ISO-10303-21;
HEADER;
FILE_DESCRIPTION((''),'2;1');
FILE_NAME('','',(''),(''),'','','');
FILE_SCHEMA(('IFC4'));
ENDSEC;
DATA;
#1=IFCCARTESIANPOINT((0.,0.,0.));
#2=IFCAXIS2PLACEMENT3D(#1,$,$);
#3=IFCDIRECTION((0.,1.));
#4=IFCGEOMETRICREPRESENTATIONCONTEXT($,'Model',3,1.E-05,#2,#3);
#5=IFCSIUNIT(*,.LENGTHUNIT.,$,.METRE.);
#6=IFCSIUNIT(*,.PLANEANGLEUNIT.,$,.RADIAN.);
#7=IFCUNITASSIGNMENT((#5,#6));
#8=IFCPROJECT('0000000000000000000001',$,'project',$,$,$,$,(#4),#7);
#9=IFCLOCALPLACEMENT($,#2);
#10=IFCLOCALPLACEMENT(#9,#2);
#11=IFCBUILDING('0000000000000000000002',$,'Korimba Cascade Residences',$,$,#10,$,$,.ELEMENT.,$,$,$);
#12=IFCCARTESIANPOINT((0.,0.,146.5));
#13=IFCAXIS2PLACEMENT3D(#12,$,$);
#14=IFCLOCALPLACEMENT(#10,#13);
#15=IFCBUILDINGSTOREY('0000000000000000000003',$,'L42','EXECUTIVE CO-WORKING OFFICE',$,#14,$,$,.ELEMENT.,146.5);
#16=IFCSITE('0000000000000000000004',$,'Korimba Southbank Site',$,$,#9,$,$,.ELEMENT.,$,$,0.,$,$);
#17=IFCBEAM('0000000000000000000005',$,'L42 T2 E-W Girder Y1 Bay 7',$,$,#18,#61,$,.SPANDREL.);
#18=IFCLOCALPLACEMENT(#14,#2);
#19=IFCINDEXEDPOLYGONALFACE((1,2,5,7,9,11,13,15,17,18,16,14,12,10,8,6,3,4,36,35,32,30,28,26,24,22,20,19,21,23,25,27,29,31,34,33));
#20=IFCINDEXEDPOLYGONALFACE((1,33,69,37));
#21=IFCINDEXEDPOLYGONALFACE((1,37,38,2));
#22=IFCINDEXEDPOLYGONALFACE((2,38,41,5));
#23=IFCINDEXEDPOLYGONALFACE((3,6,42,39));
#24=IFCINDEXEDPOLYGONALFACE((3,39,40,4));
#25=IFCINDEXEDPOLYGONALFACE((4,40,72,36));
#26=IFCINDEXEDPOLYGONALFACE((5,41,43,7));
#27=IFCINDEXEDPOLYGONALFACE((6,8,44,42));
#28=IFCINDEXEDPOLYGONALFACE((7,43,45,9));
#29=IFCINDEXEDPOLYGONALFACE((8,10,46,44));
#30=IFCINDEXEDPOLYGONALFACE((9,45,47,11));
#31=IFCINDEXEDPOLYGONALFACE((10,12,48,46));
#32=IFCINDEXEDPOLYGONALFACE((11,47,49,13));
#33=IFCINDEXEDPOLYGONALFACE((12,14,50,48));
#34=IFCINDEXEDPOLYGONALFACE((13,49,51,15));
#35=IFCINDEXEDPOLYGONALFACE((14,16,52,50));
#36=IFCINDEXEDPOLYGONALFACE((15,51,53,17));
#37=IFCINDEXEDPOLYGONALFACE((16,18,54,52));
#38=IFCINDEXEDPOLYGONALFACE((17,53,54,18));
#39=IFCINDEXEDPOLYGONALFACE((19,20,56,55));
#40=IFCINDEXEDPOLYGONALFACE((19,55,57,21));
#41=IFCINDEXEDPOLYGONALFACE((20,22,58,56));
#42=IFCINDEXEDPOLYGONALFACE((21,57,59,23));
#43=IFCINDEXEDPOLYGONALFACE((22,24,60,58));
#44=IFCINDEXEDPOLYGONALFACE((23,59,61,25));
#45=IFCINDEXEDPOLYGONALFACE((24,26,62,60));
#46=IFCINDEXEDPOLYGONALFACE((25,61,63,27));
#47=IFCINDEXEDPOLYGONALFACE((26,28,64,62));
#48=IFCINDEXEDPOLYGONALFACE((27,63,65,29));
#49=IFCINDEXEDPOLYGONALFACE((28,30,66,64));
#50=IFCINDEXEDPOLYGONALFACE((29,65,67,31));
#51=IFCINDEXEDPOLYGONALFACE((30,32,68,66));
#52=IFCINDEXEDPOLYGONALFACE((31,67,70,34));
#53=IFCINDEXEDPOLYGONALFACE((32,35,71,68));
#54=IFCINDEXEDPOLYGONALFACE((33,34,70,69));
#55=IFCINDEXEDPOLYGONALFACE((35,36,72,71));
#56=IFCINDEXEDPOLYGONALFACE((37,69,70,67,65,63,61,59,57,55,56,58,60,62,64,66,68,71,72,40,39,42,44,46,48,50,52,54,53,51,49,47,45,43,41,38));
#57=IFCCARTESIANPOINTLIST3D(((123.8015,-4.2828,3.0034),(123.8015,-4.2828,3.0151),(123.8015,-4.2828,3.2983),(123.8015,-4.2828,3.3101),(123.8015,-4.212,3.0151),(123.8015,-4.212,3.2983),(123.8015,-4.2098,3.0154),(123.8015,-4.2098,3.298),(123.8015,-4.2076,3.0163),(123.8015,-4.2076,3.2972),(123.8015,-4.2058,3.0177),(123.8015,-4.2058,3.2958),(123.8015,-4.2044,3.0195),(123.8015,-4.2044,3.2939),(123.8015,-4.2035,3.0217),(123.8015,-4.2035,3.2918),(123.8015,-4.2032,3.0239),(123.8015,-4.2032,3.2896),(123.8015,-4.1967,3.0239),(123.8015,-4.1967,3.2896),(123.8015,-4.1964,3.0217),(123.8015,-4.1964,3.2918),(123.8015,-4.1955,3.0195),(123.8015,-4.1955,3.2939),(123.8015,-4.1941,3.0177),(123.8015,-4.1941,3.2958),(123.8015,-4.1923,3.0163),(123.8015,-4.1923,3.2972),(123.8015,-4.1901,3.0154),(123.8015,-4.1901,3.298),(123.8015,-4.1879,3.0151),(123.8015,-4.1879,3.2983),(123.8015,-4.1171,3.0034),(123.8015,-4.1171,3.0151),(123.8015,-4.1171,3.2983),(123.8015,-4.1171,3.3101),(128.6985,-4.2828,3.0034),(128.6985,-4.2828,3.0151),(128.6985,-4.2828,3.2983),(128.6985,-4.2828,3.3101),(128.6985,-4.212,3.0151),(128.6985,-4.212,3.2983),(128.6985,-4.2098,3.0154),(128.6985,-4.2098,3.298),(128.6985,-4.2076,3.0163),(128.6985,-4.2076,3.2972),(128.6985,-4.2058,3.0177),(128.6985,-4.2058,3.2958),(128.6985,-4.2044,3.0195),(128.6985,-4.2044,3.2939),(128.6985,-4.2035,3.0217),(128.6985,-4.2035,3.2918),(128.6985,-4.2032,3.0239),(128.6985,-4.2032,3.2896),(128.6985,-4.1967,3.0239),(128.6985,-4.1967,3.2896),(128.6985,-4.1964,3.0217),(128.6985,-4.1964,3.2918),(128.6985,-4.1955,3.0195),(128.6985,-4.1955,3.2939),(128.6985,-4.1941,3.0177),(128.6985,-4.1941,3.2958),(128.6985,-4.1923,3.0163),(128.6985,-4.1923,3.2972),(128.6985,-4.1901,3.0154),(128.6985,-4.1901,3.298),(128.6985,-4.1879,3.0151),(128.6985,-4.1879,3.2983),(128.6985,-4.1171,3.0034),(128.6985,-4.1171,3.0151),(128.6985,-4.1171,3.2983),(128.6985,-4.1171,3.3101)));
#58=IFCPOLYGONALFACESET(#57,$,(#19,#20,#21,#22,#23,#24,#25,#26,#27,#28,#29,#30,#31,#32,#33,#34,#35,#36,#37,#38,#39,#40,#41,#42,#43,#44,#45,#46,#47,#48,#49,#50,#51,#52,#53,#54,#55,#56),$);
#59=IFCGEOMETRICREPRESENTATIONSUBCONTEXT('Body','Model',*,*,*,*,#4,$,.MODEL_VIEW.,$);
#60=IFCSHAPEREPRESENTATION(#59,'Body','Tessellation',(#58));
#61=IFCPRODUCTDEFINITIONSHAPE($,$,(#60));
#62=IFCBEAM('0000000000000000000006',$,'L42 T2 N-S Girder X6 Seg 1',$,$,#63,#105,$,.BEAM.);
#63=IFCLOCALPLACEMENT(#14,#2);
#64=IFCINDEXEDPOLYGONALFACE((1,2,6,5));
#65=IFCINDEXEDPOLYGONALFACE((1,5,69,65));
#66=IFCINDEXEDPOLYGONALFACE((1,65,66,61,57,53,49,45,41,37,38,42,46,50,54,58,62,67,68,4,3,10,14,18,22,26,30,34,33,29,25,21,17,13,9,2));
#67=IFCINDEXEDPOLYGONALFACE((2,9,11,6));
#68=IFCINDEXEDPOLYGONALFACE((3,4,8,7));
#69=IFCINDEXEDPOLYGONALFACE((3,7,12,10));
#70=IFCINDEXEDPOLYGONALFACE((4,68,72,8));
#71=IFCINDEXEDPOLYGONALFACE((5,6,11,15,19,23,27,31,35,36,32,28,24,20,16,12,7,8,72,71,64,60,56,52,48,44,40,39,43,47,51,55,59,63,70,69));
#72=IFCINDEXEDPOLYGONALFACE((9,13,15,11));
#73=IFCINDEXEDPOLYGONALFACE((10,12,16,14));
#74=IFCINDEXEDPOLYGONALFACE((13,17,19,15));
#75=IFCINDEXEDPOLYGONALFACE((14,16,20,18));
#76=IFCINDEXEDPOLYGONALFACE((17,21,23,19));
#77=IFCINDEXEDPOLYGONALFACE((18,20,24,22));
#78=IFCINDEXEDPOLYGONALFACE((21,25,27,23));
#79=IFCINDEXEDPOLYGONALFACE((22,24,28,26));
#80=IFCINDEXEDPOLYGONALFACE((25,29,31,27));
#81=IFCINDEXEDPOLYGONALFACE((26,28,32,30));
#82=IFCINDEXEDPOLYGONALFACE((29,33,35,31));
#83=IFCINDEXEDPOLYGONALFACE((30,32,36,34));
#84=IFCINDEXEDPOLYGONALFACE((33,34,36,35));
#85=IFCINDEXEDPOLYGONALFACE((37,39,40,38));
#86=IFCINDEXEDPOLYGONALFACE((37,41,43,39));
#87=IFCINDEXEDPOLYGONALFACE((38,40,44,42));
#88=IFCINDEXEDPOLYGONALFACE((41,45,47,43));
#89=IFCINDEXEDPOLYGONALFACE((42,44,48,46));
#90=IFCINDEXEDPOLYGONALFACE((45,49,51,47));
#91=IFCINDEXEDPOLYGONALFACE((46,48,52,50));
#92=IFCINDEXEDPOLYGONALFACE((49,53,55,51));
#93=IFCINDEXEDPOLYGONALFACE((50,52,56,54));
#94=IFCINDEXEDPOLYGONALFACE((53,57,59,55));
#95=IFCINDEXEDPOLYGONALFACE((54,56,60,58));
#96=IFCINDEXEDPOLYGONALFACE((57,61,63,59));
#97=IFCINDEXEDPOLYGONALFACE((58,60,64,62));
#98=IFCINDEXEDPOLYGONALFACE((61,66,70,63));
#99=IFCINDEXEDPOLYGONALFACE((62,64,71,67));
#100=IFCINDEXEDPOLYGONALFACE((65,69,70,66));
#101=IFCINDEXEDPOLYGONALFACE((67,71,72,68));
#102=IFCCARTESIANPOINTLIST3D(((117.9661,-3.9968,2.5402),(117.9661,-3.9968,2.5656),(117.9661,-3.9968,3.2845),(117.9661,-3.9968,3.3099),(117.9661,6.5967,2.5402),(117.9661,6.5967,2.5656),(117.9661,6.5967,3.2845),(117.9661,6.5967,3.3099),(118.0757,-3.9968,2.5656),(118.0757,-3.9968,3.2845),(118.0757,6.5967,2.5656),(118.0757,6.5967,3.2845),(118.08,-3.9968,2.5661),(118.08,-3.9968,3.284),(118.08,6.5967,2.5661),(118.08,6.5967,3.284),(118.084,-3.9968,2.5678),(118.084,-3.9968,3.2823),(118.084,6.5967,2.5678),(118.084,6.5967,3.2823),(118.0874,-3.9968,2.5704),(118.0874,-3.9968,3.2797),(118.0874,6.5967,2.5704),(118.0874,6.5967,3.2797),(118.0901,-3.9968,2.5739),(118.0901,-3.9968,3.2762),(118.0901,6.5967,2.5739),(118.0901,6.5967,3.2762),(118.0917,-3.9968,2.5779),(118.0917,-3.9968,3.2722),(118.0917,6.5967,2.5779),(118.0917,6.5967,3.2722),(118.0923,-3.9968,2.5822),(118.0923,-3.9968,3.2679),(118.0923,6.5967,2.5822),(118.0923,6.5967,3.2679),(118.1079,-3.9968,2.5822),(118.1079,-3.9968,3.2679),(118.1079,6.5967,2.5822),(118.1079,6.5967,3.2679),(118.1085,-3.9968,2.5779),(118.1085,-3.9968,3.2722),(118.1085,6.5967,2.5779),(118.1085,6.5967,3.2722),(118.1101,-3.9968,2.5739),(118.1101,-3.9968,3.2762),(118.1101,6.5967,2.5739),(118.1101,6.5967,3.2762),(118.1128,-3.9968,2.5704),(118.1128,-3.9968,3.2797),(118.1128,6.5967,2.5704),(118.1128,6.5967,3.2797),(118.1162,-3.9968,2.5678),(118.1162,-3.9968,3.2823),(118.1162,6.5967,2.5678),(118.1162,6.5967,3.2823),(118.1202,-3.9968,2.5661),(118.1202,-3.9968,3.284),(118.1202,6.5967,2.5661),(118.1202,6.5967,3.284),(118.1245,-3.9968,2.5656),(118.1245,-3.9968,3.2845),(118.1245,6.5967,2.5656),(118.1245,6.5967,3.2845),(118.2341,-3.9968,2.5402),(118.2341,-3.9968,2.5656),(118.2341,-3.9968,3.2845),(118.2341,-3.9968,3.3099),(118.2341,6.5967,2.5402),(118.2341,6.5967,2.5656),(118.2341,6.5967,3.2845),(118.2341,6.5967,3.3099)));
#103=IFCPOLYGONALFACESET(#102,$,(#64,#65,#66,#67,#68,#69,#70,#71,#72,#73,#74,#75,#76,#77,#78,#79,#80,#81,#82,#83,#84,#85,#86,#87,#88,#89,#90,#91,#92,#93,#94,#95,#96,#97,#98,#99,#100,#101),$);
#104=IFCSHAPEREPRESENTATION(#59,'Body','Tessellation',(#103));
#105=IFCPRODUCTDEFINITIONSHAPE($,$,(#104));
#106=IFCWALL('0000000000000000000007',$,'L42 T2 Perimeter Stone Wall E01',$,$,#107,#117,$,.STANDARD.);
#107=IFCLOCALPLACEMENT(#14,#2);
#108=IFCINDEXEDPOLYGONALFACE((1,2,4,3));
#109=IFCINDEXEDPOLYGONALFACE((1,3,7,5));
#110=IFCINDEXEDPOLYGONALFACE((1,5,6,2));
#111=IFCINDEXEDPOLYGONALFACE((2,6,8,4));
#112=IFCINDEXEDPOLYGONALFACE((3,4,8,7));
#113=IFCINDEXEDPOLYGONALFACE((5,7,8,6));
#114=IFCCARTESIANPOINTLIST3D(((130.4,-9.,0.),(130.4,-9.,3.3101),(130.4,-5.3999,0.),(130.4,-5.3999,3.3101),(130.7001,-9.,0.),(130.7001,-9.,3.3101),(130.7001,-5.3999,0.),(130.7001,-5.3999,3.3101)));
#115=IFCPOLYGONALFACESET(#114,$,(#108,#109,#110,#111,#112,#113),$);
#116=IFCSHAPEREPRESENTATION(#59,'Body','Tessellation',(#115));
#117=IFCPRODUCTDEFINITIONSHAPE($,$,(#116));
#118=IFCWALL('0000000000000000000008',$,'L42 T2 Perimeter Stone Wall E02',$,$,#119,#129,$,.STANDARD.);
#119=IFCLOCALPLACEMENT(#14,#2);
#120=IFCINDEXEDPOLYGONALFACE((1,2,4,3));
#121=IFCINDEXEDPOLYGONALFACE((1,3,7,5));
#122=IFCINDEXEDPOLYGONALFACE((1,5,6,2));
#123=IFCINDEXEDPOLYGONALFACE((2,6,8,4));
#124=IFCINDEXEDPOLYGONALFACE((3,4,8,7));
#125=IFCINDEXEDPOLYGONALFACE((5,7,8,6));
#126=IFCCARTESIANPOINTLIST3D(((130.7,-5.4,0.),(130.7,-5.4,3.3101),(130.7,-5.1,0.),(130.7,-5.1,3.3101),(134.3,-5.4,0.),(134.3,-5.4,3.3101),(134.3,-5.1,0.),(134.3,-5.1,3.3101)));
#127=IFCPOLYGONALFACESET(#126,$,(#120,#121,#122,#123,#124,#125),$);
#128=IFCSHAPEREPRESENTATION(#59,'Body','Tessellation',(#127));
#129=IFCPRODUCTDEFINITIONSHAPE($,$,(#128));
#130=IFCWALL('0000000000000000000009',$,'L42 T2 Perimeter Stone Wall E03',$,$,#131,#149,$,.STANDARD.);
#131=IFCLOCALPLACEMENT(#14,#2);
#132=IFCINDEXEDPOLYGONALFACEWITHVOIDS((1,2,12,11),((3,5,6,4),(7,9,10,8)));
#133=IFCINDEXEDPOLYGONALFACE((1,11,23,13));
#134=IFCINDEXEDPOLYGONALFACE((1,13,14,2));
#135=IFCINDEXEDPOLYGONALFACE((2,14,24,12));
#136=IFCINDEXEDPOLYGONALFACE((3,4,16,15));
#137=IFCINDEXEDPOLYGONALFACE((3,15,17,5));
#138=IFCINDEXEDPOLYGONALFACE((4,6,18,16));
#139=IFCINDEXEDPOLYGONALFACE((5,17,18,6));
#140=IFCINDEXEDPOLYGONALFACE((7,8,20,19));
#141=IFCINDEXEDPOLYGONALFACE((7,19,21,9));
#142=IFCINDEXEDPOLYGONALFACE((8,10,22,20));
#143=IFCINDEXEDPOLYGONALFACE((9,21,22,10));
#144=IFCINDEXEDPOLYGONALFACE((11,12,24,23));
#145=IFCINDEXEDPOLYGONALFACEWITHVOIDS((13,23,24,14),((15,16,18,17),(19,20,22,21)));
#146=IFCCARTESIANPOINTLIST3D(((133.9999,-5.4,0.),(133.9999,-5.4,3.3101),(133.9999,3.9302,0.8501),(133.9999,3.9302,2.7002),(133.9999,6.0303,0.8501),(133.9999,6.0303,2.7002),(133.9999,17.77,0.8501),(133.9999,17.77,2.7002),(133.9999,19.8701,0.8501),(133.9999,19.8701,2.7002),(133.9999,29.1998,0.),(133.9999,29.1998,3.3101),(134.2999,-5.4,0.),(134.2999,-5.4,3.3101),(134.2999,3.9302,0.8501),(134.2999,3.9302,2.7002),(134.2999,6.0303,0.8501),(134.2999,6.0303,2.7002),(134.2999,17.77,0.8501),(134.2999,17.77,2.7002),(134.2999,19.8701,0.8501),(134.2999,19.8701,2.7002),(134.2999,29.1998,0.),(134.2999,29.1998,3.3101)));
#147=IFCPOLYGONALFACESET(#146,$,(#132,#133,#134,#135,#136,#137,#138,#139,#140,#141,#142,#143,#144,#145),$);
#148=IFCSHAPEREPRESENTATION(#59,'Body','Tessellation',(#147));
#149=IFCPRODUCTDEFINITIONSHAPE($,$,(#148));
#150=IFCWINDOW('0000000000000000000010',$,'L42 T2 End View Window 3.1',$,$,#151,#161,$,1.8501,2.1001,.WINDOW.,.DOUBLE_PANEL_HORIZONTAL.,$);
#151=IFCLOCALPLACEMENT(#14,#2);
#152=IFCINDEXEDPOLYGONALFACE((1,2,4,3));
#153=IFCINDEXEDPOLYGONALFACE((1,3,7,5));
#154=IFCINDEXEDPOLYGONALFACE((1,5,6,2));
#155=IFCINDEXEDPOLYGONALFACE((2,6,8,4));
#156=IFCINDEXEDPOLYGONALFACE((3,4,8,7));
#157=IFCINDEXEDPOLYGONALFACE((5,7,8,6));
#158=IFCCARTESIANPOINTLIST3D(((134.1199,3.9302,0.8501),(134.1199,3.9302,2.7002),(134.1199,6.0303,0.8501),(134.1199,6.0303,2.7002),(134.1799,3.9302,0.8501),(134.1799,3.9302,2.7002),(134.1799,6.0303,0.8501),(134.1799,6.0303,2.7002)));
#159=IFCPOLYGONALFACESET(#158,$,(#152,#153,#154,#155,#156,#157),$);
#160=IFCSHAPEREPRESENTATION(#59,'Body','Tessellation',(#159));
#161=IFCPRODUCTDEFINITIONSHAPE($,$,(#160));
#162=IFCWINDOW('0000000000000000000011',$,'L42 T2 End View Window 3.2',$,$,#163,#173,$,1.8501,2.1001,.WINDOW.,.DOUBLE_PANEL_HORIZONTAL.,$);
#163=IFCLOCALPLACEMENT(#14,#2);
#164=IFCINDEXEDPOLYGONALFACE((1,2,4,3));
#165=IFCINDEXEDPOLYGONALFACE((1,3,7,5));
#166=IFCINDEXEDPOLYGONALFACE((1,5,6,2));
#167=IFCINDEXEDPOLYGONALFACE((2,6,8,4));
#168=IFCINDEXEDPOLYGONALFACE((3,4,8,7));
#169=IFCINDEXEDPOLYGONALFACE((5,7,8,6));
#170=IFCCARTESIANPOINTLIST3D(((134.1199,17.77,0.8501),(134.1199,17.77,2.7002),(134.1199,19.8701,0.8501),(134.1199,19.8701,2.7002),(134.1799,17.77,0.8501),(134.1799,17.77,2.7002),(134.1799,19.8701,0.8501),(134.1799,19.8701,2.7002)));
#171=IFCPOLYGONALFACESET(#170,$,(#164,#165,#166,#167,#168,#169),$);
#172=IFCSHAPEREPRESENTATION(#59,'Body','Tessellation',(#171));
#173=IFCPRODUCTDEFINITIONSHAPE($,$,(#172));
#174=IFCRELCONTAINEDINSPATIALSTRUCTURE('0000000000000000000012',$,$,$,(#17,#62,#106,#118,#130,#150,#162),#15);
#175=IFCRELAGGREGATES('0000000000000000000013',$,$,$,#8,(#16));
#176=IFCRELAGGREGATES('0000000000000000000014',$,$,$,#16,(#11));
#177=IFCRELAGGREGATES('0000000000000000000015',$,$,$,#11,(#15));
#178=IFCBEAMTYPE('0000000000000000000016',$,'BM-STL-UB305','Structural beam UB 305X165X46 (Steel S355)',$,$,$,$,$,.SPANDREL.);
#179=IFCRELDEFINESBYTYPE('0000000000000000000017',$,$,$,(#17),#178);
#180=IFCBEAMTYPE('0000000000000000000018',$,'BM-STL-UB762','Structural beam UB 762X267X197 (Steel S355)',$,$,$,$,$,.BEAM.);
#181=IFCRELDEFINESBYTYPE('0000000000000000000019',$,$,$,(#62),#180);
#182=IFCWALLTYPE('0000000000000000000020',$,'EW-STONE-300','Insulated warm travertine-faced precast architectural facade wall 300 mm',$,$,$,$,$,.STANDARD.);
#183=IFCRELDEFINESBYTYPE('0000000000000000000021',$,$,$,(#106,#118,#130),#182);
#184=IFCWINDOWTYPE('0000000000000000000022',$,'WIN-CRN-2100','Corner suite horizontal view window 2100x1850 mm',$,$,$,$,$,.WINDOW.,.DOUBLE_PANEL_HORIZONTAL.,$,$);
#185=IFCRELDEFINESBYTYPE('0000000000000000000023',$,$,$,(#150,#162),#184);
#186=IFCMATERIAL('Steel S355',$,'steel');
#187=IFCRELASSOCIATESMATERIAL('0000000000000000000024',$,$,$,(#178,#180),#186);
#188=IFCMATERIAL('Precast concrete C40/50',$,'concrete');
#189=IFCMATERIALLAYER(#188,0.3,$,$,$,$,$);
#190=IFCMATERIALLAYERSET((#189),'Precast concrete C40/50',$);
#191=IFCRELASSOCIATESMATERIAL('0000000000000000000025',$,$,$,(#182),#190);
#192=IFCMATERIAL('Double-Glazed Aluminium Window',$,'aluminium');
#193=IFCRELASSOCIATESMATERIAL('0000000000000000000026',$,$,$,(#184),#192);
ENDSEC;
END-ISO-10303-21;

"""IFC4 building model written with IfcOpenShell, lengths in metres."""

from ifc_helpers import new_model, si_unit, direction, frame, frame_2d, origin, origin_2d, place, context, subcontext, project, spatial, rectangle, i_section, extrude, material, layer, layer_set, material_profile, profile_set, type_object, element, fill, save


model = new_model("IFC4")

# Units and contexts
model_context = context("Model", 3, precision=1e-05, world=origin(), true_north=direction((0.0, 1.0)))
body_context = subcontext(model_context, "Body", "Model", "MODEL_VIEW")
ifc_project = project(units=[si_unit("LENGTHUNIT", "METRE"), si_unit("PLANEANGLEUNIT", "RADIAN")], contexts=[model_context])

# Site, building, storey
site_placement = place(None, origin())
site = spatial("IfcSite", under=ifc_project, at=site_placement, Name="Korimba Southbank Site", CompositionType="ELEMENT", RefElevation=0.0)
building_placement = place(site_placement, origin())
building = spatial("IfcBuilding", under=site, at=building_placement, Name="Korimba Cascade Residences", CompositionType="ELEMENT")
storey_placement = place(building_placement, frame((0.0, 0.0, 146.5)))
storey = spatial("IfcBuildingStorey", under=building, at=storey_placement, Name="L42", Description="EXECUTIVE CO-WORKING OFFICE", CompositionType="ELEMENT", Elevation=146.5)

# Beams
ifc_material_1 = material(Name="Steel S355", Category="steel")
ifc_material_profile_1 = material_profile(ifc_material_1, i_section(OverallWidth=0.1658, OverallDepth=0.3066, WebThickness=0.0066, FlangeThickness=0.0117, FilletRadius=0.0088, at=origin_2d()), Name="Steel S355")
ifc_profile_set_1 = profile_set([ifc_material_profile_1], Name="Steel S355")
beam_type_1 = type_object("IfcBeamType", Name="BM-STL-UB305", Description="Structural beam UB 305X165X46 (Steel S355)", PredefinedType="SPANDREL", material=ifc_profile_set_1)
beam_1_placement = place(storey_placement, frame((123.8015, -4.2, 3.1567), z_axis=(1.0, 0.0, 0.0), x_axis=(0.0, 1.0, 0.0)))
element("IfcBeam", 1, at=beam_1_placement, inside=storey, type_object=beam_type_1, Name="L42 T2 E-W Girder Y1 Bay 7", PredefinedType="SPANDREL", context=body_context, shape_type="SweptSolid", body=[
    extrude(i_section(OverallWidth=0.1658, OverallDepth=0.3066, WebThickness=0.0066, FlangeThickness=0.0117, FilletRadius=0.0088, at=origin_2d()), origin(), (0.0, 0.0, 1.0), 4.897),
])
ifc_material_profile_2 = material_profile(ifc_material_1, i_section(OverallWidth=0.2681, OverallDepth=0.7698, WebThickness=0.0156, FlangeThickness=0.0254, FilletRadius=0.0166, at=origin_2d()), Name="Steel S355")
ifc_profile_set_2 = profile_set([ifc_material_profile_2], Name="Steel S355")
beam_type_2 = type_object("IfcBeamType", Name="BM-STL-UB762", Description="Structural beam UB 762X267X197 (Steel S355)", PredefinedType="BEAM", material=ifc_profile_set_2)
beam_2_placement = place(storey_placement, frame((118.1001, -3.9968, 2.925), z_axis=(0.0, 1.0, 0.0), x_axis=(-1.0, 0.0, 0.0)))
element("IfcBeam", 2, at=beam_2_placement, inside=storey, type_object=beam_type_2, Name="L42 T2 N-S Girder X6 Seg 1", PredefinedType="BEAM", context=body_context, shape_type="SweptSolid", body=[
    extrude(i_section(OverallWidth=0.2681, OverallDepth=0.7698, WebThickness=0.0156, FlangeThickness=0.0254, FilletRadius=0.0166, at=origin_2d()), origin(), (0.0, 0.0, 1.0), 10.5935),
])

# Walls
ifc_material_2 = material(Name="Precast concrete C40/50", Category="concrete")
ifc_layer_1 = layer(ifc_material_2, 0.3)
ifc_layer_set_1 = layer_set([ifc_layer_1], Name="Precast concrete C40/50")
wall_type_1 = type_object("IfcWallType", Name="EW-STONE-300", Description="Insulated warm travertine-faced precast architectural facade wall 300 mm", PredefinedType="STANDARD", material=ifc_layer_set_1)
for number, where, z_axis, x_axis, name in (
    (3, (130.55, -9.0, 0.0), (0.0, 0.0, 1.0), (0.0, 1.0, 0.0), "L42 T2 Perimeter Stone Wall E01"),
    (4, (130.7, -5.25, 0.0), (0.0, 0.0, 1.0), (1.0, 0.0, 0.0), "L42 T2 Perimeter Stone Wall E02"),
):
    element("IfcWall", number, at=place(storey_placement, frame(where, z_axis=z_axis, x_axis=x_axis)), inside=storey, type_object=wall_type_1, Name=name, PredefinedType="STANDARD", context=body_context, shape_type="SweptSolid", body=[
        extrude(rectangle(XDim=3.6001, YDim=0.3, at=frame_2d((1.8, 0.0))), origin(), (0.0, 0.0, 1.0), 3.3101),
    ])

# Wall, openings, windows
wall_1_placement = place(storey_placement, frame((134.1499, -5.3999, 0.0), z_axis=(0.0, 0.0, 1.0), x_axis=(0.0, 1.0, 0.0)))
wall_1 = element("IfcWall", 5, at=wall_1_placement, inside=storey, type_object=wall_type_1, Name="L42 T2 Perimeter Stone Wall E03", PredefinedType="STANDARD", context=body_context, shape_type="SweptSolid", body=[
    extrude(rectangle(XDim=34.5999, YDim=0.3, at=frame_2d((17.2998, 0.0))), origin(), (0.0, 0.0, 1.0), 3.3101),
])
opening_1_placement = place(wall_1_placement, frame((9.3301, 0.0, 0.8501)))
opening_1 = element("IfcOpeningElement", 6, at=opening_1_placement, cuts=wall_1, PredefinedType="OPENING", context=body_context, shape_type="SweptSolid", body=[
    extrude(rectangle(XDim=2.1001, YDim=1.8501, at=frame_2d((1.05, 0.925))), frame((0.0, 0.1602, 0.0), z_axis=(0.0, -1.0, 0.0), x_axis=(1.0, 0.0, 0.0)), (0.0, 0.0, 1.0), 0.3201),
])
opening_2_placement = place(wall_1_placement, frame((23.1699, 0.0, 0.8501)))
opening_2 = element("IfcOpeningElement", 7, at=opening_2_placement, cuts=wall_1, PredefinedType="OPENING", context=body_context, shape_type="SweptSolid", body=[
    extrude(rectangle(XDim=2.1001, YDim=1.8501, at=frame_2d((1.05, 0.925))), frame((0.0, 0.1602, 0.0), z_axis=(0.0, -1.0, 0.0), x_axis=(1.0, 0.0, 0.0)), (0.0, 0.0, 1.0), 0.3201),
])
ifc_material_3 = material(Name="Double-Glazed Aluminium Window", Category="aluminium")
window_type = type_object("IfcWindowType", Name="WIN-CRN-2100", Description="Corner suite horizontal view window 2100x1850 mm", PartitioningType="DOUBLE_PANEL_HORIZONTAL", PredefinedType="WINDOW", material=ifc_material_3)
window_1_placement = place(opening_1_placement, origin())
window_1 = element("IfcWindow", 8, at=window_1_placement, inside=storey, type_object=window_type, Name="L42 T2 End View Window 3.1", OverallHeight=1.8501, OverallWidth=2.1001, PartitioningType="DOUBLE_PANEL_HORIZONTAL", PredefinedType="WINDOW", context=body_context, shape_type="SweptSolid", body=[
    extrude(rectangle(XDim=2.1001, YDim=1.8501, at=frame_2d((1.05, 0.925))), frame((0.0, 0.03, 0.0), z_axis=(0.0, -1.0, 0.0), x_axis=(1.0, 0.0, 0.0)), (0.0, 0.0, 1.0), 0.0601),
])
fill(opening_1, window_1)
window_2_placement = place(opening_2_placement, origin())
window_2 = element("IfcWindow", 9, at=window_2_placement, inside=storey, type_object=window_type, Name="L42 T2 End View Window 3.2", OverallHeight=1.8501, OverallWidth=2.1001, PartitioningType="DOUBLE_PANEL_HORIZONTAL", PredefinedType="WINDOW", context=body_context, shape_type="SweptSolid", body=[
    extrude(rectangle(XDim=2.1001, YDim=1.8501, at=frame_2d((1.05, 0.925))), frame((0.0, 0.03, 0.0), z_axis=(0.0, -1.0, 0.0), x_axis=(1.0, 0.0, 0.0)), (0.0, 0.0, 1.0), 0.0601),
])
fill(opening_2, window_2)

save(model, "model.ifc")
